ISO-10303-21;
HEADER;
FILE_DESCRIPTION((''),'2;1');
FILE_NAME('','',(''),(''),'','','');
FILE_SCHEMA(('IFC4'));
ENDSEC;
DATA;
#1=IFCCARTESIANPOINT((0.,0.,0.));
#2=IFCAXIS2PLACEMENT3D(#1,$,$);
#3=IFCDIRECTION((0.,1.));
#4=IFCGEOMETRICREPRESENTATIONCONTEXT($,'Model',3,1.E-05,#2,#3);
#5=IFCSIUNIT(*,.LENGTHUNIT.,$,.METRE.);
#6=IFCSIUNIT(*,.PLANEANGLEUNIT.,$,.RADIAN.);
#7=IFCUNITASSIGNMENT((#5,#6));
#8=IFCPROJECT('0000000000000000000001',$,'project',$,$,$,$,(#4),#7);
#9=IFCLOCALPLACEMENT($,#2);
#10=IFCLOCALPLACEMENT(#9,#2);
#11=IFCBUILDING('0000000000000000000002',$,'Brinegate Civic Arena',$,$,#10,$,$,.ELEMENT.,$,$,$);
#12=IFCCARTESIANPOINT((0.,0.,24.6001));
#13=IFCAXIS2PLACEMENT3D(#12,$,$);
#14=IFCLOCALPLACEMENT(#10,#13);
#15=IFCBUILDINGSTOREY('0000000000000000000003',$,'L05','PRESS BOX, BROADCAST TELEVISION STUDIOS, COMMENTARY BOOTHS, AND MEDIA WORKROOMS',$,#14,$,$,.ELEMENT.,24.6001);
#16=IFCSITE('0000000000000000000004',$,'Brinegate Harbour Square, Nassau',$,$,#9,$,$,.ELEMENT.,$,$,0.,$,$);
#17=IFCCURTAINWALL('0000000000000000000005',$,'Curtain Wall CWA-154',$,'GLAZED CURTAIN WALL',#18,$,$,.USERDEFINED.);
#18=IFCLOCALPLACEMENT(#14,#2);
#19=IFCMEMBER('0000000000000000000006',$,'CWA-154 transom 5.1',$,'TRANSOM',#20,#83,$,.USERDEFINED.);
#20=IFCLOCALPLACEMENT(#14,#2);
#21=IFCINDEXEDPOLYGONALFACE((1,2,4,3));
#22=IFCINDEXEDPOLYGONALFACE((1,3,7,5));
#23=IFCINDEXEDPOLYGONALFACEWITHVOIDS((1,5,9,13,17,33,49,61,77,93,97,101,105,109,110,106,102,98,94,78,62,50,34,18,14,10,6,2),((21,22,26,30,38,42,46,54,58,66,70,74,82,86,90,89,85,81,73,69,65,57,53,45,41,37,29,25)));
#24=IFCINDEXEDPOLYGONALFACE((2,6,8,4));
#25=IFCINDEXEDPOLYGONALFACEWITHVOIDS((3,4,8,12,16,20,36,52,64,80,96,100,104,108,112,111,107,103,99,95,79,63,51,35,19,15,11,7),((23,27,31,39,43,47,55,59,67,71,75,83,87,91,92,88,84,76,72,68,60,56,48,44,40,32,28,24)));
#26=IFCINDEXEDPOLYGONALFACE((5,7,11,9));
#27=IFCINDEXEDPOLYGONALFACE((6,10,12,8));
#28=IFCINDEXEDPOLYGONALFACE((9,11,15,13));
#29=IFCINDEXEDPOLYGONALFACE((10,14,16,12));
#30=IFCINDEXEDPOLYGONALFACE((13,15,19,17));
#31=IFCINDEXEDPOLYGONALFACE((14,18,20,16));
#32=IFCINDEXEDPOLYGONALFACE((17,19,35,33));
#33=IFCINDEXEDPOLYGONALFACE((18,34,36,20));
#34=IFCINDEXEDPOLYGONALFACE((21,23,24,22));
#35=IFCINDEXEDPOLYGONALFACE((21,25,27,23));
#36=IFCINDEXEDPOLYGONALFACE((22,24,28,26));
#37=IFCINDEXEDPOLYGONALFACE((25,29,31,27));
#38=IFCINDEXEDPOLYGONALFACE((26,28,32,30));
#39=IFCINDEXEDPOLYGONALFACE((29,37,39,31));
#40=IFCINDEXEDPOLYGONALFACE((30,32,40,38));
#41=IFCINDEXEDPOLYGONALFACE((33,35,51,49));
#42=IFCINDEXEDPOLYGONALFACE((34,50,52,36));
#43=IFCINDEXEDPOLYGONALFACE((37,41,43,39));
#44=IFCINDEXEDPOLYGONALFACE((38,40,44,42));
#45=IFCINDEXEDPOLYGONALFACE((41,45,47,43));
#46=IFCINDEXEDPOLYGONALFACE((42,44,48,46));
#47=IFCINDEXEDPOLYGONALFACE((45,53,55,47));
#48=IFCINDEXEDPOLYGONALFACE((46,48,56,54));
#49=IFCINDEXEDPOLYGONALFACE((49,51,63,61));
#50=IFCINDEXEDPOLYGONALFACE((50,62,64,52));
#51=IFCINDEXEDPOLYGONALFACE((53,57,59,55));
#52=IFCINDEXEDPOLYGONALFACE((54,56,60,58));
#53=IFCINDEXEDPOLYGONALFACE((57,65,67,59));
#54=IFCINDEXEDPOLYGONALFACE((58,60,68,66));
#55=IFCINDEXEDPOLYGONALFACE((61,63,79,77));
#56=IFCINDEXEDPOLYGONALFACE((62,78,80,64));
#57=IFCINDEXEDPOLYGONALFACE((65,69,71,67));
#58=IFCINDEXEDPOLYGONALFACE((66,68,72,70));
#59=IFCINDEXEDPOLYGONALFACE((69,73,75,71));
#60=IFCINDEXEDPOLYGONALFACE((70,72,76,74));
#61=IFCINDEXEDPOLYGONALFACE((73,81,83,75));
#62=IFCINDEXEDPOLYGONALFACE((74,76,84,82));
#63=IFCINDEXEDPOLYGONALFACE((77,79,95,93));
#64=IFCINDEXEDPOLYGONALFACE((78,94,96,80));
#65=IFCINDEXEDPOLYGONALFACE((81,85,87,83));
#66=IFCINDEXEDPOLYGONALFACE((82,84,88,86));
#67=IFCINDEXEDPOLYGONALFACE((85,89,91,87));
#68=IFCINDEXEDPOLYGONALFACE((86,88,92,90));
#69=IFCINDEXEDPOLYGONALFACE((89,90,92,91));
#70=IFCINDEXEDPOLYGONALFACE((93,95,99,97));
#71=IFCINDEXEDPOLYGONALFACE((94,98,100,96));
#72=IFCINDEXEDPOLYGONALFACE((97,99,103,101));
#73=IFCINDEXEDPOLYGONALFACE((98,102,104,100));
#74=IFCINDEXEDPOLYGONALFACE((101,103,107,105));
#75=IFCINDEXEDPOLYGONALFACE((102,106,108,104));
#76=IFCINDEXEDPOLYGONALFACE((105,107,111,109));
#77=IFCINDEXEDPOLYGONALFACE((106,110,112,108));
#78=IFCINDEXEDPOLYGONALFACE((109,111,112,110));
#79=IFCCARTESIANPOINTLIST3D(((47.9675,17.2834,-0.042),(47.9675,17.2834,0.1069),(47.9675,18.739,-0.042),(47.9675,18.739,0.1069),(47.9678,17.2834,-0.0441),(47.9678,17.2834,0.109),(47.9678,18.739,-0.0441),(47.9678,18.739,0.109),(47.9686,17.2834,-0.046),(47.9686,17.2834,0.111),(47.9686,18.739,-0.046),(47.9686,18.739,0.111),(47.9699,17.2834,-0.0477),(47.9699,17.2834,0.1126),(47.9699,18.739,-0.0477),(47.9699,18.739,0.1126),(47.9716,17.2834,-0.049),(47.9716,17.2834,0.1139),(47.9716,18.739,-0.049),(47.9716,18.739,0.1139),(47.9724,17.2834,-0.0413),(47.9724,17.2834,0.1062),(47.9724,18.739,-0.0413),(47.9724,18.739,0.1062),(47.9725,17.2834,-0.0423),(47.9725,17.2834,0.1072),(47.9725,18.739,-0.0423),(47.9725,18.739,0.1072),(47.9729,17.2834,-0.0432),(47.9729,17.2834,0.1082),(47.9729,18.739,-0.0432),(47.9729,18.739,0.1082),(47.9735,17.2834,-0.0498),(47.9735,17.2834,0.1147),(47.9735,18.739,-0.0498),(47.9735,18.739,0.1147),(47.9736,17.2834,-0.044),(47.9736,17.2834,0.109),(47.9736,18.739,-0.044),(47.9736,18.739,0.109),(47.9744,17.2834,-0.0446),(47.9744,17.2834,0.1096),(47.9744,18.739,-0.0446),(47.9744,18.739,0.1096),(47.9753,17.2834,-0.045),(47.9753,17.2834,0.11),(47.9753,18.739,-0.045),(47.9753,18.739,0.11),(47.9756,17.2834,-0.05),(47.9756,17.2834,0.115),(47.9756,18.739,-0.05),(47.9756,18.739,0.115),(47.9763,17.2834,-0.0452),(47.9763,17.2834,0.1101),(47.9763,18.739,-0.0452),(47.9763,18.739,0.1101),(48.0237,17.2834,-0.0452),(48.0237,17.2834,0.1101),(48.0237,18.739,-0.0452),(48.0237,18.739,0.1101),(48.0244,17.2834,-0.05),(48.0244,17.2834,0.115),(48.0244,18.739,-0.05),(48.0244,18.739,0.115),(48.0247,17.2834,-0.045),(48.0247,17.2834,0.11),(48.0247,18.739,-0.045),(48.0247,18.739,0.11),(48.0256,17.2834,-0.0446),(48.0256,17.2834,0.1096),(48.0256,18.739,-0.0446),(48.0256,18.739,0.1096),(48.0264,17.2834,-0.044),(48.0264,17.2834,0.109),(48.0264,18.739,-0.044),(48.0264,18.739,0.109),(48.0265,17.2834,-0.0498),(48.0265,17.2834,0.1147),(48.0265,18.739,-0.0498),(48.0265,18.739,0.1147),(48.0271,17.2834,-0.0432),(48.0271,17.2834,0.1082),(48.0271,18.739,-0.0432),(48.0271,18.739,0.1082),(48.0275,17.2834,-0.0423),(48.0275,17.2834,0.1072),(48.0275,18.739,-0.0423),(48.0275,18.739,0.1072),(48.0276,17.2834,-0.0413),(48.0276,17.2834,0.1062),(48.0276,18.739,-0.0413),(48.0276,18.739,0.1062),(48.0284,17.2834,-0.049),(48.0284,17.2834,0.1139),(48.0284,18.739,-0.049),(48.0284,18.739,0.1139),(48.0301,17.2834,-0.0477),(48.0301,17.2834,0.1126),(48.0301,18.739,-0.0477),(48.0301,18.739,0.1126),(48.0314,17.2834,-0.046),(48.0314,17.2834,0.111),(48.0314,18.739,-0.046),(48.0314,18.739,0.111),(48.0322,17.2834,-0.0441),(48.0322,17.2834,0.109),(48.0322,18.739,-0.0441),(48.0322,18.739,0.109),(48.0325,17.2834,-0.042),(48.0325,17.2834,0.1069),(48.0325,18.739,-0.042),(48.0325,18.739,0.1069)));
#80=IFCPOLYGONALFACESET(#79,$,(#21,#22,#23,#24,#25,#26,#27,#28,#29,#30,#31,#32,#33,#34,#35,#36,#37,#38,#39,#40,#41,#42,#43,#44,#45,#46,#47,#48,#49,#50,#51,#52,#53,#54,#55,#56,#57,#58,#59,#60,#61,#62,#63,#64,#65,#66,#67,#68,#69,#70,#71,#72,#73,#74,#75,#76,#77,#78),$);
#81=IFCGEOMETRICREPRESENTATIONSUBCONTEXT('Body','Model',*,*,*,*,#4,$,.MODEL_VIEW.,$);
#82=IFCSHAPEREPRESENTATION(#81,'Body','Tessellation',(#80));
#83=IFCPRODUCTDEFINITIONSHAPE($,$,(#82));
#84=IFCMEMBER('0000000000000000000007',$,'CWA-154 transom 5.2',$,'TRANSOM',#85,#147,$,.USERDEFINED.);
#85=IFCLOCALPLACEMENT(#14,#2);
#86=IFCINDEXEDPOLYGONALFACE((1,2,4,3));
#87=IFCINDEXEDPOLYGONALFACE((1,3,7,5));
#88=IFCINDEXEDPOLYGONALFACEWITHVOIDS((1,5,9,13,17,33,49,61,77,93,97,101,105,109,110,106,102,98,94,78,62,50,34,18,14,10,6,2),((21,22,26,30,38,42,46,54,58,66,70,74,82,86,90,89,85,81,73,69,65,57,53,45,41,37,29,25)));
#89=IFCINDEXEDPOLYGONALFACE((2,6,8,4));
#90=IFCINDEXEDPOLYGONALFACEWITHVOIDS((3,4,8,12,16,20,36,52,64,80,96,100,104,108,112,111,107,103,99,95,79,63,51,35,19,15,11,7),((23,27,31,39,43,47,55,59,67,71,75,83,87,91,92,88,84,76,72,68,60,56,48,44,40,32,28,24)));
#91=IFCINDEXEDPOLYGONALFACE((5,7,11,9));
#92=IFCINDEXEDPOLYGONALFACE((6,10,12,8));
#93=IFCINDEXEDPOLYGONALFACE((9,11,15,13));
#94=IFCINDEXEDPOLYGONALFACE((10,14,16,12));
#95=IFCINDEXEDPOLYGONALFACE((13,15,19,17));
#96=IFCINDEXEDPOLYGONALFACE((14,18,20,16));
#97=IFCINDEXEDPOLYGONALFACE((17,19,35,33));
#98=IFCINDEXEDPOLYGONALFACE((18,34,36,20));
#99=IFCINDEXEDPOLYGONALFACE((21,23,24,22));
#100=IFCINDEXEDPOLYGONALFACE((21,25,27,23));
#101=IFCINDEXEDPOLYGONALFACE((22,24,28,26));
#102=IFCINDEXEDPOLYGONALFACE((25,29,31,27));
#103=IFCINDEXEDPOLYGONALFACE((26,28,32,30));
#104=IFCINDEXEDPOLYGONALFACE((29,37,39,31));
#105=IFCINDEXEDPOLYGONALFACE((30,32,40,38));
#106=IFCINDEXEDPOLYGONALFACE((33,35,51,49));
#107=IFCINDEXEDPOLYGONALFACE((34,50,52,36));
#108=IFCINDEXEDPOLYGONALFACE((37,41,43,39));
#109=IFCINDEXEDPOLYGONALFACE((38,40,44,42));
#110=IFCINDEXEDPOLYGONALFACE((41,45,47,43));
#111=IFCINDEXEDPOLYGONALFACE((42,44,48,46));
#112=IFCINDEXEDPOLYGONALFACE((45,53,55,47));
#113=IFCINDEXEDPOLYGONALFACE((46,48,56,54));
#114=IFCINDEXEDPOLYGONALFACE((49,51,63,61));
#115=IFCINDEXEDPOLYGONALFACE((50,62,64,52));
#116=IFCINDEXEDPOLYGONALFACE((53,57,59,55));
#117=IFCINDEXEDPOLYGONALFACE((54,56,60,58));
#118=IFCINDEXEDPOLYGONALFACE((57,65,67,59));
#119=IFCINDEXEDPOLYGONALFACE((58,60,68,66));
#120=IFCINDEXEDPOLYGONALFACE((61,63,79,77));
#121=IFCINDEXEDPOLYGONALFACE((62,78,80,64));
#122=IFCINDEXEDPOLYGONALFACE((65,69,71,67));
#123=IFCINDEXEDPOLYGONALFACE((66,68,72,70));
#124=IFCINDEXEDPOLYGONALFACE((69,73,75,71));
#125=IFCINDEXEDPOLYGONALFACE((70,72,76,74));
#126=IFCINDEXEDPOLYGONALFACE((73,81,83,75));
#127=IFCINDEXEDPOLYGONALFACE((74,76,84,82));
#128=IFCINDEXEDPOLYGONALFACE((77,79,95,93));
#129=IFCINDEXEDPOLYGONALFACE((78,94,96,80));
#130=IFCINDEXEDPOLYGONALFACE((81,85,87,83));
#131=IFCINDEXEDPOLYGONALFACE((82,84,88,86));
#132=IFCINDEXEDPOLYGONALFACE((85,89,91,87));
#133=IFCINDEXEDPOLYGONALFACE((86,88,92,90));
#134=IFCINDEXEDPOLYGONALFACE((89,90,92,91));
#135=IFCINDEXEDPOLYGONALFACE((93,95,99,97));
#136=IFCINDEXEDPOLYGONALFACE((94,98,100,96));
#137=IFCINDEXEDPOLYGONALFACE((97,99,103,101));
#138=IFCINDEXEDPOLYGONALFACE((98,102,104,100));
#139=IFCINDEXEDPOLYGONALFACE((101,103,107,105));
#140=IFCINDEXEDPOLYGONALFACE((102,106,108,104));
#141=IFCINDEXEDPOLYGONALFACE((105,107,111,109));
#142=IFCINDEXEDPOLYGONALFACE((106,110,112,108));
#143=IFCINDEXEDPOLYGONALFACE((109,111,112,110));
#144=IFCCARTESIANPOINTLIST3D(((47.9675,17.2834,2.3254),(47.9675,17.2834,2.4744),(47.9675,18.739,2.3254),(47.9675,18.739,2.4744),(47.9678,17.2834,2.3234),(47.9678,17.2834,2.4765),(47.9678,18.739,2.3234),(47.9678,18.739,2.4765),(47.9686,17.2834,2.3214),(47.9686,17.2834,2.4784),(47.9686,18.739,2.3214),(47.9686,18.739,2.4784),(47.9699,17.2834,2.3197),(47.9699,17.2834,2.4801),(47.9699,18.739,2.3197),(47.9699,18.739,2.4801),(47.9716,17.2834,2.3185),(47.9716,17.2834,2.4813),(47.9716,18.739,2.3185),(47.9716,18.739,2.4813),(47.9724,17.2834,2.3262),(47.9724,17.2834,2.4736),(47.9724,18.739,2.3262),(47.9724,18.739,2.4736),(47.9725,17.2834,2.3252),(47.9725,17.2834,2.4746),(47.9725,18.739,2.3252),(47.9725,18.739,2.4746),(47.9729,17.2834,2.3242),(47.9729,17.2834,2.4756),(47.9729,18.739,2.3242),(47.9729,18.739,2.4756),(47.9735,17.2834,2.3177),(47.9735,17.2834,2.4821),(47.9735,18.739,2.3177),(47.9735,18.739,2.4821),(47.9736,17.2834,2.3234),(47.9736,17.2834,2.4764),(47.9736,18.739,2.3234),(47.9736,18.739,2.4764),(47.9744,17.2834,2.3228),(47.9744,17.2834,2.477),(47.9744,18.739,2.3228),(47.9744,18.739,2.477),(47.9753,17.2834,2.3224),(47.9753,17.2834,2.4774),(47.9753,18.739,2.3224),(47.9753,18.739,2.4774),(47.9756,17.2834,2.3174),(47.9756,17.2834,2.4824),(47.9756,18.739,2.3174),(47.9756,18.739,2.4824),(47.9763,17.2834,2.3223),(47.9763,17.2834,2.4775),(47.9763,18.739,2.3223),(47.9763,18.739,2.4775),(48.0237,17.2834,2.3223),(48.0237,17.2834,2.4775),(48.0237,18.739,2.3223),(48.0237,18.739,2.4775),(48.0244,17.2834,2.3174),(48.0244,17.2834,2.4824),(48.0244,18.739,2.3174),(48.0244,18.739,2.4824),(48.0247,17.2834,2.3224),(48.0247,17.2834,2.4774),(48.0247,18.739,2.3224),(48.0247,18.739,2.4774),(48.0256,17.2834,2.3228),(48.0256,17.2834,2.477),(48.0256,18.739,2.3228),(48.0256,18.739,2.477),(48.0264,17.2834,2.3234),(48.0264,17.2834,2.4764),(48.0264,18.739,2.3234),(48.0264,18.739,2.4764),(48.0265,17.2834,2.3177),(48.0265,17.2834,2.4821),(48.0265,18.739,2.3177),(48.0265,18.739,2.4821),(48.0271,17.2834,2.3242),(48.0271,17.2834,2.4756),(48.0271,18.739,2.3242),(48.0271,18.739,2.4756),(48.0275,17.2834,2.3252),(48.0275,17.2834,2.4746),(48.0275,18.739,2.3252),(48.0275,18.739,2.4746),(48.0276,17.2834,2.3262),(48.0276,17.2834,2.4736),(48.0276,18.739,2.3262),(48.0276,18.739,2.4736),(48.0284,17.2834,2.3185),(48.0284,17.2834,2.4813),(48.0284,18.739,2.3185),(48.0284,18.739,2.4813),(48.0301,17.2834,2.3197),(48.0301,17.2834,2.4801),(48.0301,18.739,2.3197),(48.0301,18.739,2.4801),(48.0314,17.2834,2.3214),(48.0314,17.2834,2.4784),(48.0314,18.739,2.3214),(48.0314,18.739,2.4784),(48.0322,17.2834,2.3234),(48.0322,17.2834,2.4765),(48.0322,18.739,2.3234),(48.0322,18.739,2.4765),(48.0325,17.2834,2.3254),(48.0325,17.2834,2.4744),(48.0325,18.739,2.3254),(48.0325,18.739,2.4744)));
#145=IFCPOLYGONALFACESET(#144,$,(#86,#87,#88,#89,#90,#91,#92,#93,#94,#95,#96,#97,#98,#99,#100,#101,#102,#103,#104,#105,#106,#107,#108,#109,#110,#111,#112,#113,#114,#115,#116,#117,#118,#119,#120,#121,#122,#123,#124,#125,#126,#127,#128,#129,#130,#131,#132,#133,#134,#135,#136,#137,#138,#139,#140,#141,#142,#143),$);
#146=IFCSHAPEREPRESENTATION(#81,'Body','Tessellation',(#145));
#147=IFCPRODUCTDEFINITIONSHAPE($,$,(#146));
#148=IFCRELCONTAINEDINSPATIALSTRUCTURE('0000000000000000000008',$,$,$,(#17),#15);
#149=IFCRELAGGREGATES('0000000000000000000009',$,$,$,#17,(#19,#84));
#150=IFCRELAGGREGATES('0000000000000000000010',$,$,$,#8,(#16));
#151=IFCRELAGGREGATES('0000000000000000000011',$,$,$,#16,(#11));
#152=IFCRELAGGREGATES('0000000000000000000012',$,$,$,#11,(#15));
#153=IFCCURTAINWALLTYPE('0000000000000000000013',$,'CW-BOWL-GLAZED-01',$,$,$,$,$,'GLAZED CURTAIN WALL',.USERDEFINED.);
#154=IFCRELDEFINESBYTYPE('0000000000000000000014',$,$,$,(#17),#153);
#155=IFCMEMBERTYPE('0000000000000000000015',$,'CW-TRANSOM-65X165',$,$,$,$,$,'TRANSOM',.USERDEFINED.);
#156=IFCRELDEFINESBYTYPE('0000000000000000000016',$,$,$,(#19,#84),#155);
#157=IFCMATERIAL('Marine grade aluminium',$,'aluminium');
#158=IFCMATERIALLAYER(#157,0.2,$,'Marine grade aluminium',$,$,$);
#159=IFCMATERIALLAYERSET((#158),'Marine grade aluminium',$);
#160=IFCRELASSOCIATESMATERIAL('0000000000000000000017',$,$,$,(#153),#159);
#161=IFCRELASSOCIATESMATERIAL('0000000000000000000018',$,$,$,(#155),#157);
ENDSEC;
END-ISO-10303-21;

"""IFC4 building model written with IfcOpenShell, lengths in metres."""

from ifc_helpers import new_model, si_unit, direction, frame, origin, origin_2d, place, context, subcontext, project, spatial, hollow_rectangle, extrude, material, layer, layer_set, material_profile, profile_set, type_object, element, aggregate, save


model = new_model("IFC4")

# Units and contexts
model_context = context("Model", 3, precision=1e-05, world=origin(), true_north=direction((0.0, 1.0)))
body_context = subcontext(model_context, "Body", "Model", "MODEL_VIEW")
ifc_project = project(units=[si_unit("LENGTHUNIT", "METRE"), si_unit("PLANEANGLEUNIT", "RADIAN")], contexts=[model_context])

# Site, building, storey
site_placement = place(None, origin())
site = spatial("IfcSite", under=ifc_project, at=site_placement, Name="Brinegate Harbour Square, Nassau", CompositionType="ELEMENT", RefElevation=0.0)
building_placement = place(site_placement, origin())
building = spatial("IfcBuilding", under=site, at=building_placement, Name="Brinegate Civic Arena", CompositionType="ELEMENT")
storey_placement = place(building_placement, frame((0.0, 0.0, 24.6001)))
storey = spatial("IfcBuildingStorey", under=building, at=storey_placement, Name="L05", Description="PRESS BOX, BROADCAST TELEVISION STUDIOS, COMMENTARY BOOTHS, AND MEDIA WORKROOMS", CompositionType="ELEMENT", Elevation=24.6001)

# Curtain wall
ifc_material_1 = material(Name="Marine grade aluminium", Category="aluminium")
ifc_layer_1 = layer(ifc_material_1, 0.2, Name="Marine grade aluminium")
ifc_layer_set_1 = layer_set([ifc_layer_1], Name="Marine grade aluminium")
curtain_wall_type = type_object("IfcCurtainWallType", Name="CW-BOWL-GLAZED-01", ElementType="GLAZED CURTAIN WALL", PredefinedType="USERDEFINED", material=ifc_layer_set_1)
curtain_wall_1_placement = place(storey_placement, origin())
curtain_wall_1 = element("IfcCurtainWall", 1, at=curtain_wall_1_placement, inside=storey, type_object=curtain_wall_type, Name="Curtain Wall CWA-154", ObjectType="GLAZED CURTAIN WALL", PredefinedType="USERDEFINED")

# Members
ifc_material_profile_1 = material_profile(ifc_material_1, hollow_rectangle(XDim=0.0649, YDim=0.165, WallThickness=0.0049, InnerFilletRadius=0.0039, OuterFilletRadius=0.0081, at=origin_2d()), Name="TRN65X165")
ifc_profile_set_1 = profile_set([ifc_material_profile_1], Name="Marine grade aluminium")
member_type_1 = type_object("IfcMemberType", Name="CW-TRANSOM-65X165", ElementType="TRANSOM", PredefinedType="USERDEFINED", material=ifc_profile_set_1)
member_1_placement = place(storey_placement, frame((48.0, 17.2834, 0.0325), z_axis=(0.0, 1.0, 0.0), x_axis=(-1.0, 0.0, 0.0)))
member_1 = element("IfcMember", 2, at=member_1_placement, type_object=member_type_1, Name="CWA-154 transom 5.1", ObjectType="TRANSOM", PredefinedType="USERDEFINED", context=body_context, shape_type="SweptSolid", body=[
    extrude(hollow_rectangle(XDim=0.0649, YDim=0.165, WallThickness=0.0049, InnerFilletRadius=0.0039, OuterFilletRadius=0.0081, at=origin_2d()), origin(), (0.0, 0.0, 1.0), 1.4556),
])
member_2_placement = place(storey_placement, frame((48.0, 17.2834, 2.3999), z_axis=(0.0, 1.0, 0.0), x_axis=(-1.0, 0.0, 0.0)))
member_2 = element("IfcMember", 3, at=member_2_placement, type_object=member_type_1, Name="CWA-154 transom 5.2", ObjectType="TRANSOM", PredefinedType="USERDEFINED", context=body_context, shape_type="SweptSolid", body=[
    extrude(hollow_rectangle(XDim=0.0649, YDim=0.165, WallThickness=0.0049, InnerFilletRadius=0.0039, OuterFilletRadius=0.0081, at=origin_2d()), origin(), (0.0, 0.0, 1.0), 1.4556),
])

aggregate(curtain_wall_1, [member_1, member_2])

save(model, "model.ifc")
